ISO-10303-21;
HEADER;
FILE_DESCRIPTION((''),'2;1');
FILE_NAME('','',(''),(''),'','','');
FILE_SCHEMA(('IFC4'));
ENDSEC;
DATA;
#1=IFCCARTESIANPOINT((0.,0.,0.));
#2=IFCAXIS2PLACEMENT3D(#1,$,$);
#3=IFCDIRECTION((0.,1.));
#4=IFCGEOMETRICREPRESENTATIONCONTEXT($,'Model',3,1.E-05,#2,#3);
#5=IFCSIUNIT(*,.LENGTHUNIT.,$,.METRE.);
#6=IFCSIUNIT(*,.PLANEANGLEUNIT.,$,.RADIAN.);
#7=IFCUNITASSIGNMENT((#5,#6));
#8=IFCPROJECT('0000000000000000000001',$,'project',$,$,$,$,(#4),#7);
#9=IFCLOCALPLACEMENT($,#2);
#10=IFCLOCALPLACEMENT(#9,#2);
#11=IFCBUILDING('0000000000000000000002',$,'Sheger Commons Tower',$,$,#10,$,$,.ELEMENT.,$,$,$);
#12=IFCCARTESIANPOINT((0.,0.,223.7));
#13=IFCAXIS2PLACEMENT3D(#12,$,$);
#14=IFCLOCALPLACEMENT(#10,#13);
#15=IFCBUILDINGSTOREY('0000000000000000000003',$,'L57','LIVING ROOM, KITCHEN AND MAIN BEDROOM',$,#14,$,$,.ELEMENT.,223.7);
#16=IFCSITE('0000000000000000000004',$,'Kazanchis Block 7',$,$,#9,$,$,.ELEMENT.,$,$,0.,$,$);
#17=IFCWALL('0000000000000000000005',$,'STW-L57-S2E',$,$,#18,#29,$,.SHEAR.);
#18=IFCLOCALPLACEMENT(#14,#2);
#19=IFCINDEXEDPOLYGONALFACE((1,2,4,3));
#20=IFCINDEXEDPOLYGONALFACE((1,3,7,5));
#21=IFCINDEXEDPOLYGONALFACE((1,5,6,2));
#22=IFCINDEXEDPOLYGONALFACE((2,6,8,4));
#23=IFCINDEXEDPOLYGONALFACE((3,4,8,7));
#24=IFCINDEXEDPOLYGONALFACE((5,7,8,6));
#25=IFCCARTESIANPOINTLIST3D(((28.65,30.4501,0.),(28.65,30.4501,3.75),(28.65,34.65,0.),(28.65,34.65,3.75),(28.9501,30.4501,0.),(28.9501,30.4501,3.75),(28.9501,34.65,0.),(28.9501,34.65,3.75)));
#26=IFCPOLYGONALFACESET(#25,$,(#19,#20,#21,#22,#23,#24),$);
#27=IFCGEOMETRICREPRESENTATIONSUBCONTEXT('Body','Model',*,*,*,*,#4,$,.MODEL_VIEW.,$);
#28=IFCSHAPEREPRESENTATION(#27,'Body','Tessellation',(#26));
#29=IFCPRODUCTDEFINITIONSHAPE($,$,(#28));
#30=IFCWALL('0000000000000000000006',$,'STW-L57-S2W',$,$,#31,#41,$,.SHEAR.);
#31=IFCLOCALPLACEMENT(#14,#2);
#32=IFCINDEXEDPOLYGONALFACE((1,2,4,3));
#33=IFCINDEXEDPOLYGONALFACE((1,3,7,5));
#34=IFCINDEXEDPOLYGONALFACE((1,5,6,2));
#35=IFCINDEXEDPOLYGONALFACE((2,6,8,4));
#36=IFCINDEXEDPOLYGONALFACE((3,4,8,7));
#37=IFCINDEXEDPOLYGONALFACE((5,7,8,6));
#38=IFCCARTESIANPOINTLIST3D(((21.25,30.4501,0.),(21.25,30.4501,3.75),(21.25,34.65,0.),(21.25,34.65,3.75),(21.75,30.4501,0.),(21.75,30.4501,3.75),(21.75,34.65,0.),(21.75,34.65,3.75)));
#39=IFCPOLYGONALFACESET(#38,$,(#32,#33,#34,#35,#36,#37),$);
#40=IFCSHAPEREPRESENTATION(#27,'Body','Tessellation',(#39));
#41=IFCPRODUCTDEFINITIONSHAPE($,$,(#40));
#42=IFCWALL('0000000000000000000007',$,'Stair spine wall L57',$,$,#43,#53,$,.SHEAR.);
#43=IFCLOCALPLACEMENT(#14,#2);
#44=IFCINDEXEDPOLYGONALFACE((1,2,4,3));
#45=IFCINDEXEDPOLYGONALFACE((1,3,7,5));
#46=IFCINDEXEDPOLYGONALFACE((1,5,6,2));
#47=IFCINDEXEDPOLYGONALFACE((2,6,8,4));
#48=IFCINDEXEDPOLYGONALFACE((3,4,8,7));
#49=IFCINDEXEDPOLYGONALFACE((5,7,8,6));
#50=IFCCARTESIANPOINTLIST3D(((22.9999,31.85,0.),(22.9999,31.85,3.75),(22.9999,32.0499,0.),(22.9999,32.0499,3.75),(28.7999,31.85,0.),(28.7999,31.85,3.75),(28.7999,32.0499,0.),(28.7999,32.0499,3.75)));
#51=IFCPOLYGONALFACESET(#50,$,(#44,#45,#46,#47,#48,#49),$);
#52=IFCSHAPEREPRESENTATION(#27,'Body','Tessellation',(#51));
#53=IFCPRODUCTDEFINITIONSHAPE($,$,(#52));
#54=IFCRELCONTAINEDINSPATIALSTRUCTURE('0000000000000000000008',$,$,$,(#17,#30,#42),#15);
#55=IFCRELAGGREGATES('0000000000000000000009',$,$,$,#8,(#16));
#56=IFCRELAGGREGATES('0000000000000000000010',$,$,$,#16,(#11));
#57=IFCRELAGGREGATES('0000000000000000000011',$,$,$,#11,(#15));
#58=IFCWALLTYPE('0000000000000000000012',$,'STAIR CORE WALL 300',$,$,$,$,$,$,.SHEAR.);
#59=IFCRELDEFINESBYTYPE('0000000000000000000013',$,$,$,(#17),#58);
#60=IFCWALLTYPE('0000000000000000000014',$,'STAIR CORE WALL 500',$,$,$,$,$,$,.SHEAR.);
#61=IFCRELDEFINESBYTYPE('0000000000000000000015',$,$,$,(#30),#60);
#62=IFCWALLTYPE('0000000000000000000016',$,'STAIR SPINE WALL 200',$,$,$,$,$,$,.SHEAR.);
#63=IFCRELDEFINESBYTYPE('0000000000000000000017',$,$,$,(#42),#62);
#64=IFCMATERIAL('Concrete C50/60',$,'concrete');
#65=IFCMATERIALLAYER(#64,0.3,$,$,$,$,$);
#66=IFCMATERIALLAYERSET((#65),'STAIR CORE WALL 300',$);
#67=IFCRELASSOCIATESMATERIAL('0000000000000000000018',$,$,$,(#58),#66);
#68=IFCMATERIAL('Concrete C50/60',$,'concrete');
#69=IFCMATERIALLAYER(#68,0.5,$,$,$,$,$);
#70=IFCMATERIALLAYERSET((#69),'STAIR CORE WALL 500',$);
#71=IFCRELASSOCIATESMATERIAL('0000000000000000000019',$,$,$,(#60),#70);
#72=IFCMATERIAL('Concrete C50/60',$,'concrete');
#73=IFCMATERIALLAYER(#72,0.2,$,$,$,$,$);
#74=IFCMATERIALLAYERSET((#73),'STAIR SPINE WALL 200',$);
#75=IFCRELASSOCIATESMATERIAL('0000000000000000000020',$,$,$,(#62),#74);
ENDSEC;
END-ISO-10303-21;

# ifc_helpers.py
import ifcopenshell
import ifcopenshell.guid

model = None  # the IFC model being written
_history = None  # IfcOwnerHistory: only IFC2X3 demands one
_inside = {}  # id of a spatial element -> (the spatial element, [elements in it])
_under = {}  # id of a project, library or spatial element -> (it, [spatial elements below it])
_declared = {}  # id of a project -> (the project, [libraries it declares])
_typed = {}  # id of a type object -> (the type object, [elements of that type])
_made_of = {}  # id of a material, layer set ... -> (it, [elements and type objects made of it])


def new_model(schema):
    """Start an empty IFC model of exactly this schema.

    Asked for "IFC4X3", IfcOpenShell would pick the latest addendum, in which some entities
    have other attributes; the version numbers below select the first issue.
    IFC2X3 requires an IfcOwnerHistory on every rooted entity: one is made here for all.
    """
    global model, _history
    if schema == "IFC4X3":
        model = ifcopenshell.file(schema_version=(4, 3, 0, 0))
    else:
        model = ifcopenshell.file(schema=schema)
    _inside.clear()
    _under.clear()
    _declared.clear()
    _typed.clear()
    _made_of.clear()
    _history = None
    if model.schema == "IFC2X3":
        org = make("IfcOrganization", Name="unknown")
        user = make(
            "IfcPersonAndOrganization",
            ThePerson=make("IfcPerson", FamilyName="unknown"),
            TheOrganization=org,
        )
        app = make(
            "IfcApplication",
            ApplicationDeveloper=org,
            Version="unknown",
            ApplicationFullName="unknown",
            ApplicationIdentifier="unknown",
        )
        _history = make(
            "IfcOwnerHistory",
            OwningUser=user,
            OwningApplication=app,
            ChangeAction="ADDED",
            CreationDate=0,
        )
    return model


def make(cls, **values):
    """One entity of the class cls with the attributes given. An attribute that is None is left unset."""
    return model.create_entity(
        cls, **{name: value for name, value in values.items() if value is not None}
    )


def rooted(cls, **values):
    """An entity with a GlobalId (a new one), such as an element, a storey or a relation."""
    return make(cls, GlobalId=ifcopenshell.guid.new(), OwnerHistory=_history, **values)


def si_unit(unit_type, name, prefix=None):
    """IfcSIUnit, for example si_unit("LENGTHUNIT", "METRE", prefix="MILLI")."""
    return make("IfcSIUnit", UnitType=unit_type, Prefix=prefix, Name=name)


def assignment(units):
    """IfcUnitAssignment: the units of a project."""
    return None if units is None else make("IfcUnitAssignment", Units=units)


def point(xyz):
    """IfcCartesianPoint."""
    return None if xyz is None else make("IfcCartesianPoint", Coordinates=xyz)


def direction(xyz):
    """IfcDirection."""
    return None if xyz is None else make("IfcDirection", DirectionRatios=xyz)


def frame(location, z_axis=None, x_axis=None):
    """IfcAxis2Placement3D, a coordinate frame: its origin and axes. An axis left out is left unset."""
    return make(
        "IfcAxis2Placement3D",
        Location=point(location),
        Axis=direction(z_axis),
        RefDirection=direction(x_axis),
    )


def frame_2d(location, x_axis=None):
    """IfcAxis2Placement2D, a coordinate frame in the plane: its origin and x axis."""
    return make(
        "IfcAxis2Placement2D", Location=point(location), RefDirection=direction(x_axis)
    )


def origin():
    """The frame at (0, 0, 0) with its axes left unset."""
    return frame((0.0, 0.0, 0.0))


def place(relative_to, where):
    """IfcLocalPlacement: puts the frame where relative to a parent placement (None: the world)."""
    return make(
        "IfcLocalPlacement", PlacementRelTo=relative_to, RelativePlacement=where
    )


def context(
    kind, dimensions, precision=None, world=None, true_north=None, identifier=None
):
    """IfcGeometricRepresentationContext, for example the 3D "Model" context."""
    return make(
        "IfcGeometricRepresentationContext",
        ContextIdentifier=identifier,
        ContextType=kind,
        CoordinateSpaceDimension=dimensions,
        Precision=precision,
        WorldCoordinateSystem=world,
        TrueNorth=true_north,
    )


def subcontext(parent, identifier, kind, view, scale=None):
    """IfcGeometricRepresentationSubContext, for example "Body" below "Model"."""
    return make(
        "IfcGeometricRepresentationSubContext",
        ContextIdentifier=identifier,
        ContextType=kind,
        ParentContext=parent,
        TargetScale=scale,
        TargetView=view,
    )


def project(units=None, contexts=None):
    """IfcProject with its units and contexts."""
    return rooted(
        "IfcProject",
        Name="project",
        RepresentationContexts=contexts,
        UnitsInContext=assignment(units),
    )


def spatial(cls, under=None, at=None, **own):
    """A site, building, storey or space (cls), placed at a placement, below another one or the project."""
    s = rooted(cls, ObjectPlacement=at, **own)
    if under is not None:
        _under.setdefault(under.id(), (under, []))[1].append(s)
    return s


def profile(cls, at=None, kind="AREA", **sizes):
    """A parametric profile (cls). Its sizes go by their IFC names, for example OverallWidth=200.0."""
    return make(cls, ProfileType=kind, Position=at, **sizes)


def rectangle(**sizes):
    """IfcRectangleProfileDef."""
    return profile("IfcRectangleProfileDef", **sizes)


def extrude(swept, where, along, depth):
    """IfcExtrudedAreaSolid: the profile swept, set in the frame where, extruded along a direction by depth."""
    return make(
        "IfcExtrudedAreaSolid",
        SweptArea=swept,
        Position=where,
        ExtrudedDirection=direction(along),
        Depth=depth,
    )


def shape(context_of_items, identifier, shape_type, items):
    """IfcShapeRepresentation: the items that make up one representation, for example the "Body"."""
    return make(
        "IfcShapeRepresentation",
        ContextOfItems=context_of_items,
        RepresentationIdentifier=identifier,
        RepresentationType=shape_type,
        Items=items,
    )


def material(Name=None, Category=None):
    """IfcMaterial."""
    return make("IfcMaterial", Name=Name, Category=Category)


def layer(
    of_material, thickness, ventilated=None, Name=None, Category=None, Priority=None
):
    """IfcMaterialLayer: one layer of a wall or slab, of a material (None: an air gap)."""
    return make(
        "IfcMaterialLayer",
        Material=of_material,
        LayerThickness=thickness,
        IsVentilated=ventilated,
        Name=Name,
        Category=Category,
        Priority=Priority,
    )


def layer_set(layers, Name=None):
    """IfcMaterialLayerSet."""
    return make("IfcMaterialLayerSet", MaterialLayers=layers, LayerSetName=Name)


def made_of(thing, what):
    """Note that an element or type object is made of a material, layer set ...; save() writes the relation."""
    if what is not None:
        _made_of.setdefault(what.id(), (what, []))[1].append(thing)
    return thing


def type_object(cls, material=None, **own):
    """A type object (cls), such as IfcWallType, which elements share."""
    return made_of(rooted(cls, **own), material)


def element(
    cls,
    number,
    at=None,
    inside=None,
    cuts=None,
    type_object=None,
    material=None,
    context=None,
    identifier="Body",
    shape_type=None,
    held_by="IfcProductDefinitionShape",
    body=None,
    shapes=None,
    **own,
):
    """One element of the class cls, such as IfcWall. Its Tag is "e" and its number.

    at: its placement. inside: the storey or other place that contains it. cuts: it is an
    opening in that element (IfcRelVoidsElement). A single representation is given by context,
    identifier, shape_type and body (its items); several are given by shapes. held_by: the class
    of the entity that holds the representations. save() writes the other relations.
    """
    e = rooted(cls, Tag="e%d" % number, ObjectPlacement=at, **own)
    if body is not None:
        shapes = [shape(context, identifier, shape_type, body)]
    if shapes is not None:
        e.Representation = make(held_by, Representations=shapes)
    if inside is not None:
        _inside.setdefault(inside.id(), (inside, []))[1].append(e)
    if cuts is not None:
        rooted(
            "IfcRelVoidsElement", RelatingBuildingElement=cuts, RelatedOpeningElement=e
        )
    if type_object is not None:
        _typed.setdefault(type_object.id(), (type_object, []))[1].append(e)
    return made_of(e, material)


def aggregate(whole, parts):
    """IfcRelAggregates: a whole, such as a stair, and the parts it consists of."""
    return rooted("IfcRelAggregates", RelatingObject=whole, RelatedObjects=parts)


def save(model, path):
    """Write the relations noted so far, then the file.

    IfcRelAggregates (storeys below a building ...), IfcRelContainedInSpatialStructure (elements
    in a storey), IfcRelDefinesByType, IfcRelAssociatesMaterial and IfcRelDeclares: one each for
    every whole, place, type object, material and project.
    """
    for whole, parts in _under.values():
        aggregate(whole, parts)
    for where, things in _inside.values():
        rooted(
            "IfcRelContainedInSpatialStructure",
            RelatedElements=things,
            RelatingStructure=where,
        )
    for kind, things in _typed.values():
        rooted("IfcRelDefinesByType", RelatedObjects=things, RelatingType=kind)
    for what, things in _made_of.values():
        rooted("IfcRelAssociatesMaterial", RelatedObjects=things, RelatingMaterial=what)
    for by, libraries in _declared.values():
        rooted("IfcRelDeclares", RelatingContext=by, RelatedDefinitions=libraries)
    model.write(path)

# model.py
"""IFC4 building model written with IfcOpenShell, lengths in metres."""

from ifc_helpers import new_model, si_unit, direction, frame, frame_2d, origin, place, context, subcontext, project, spatial, rectangle, extrude, material, layer, layer_set, type_object, element, save


model = new_model("IFC4")

# Units and contexts
model_context = context("Model", 3, precision=1e-05, world=origin(), true_north=direction((0.0, 1.0)))
body_context = subcontext(model_context, "Body", "Model", "MODEL_VIEW")
ifc_project = project(units=[si_unit("LENGTHUNIT", "METRE"), si_unit("PLANEANGLEUNIT", "RADIAN")], contexts=[model_context])

# Site, building, storey
site_placement = place(None, origin())
site = spatial("IfcSite", under=ifc_project, at=site_placement, Name="Kazanchis Block 7", CompositionType="ELEMENT", RefElevation=0.0)
building_placement = place(site_placement, origin())
building = spatial("IfcBuilding", under=site, at=building_placement, Name="Sheger Commons Tower", CompositionType="ELEMENT")
storey_placement = place(building_placement, frame((0.0, 0.0, 223.7)))
storey = spatial("IfcBuildingStorey", under=building, at=storey_placement, Name="L57", Description="LIVING ROOM, KITCHEN AND MAIN BEDROOM", CompositionType="ELEMENT", Elevation=223.7)

# Shared definitions
ifc_material_1 = material(Name="Concrete C50/60", Category="concrete")
ifc_layer_1 = layer(ifc_material_1, 0.3)
ifc_layer_set_1 = layer_set([ifc_layer_1], Name="STAIR CORE WALL 300")
wall_type_1 = type_object("IfcWallType", Name="STAIR CORE WALL 300", PredefinedType="SHEAR", material=ifc_layer_set_1)

# Walls
wall_1_placement = place(storey_placement, frame((28.8, 30.45, 0.0), z_axis=(0.0, 0.0, 1.0), x_axis=(0.0, 1.0, 0.0)))
element("IfcWall", 1, at=wall_1_placement, inside=storey, type_object=wall_type_1, Name="STW-L57-S2E", PredefinedType="SHEAR", context=body_context, shape_type="SweptSolid", body=[
    extrude(rectangle(XDim=4.2, YDim=0.3, at=frame_2d((2.1001, 0.0))), origin(), (0.0, 0.0, 1.0), 3.75),
])
ifc_material_2 = material(Name="Concrete C50/60", Category="concrete")
ifc_layer_2 = layer(ifc_material_2, 0.5)
ifc_layer_set_2 = layer_set([ifc_layer_2], Name="STAIR CORE WALL 500")
wall_type_2 = type_object("IfcWallType", Name="STAIR CORE WALL 500", PredefinedType="SHEAR", material=ifc_layer_set_2)
wall_2_placement = place(storey_placement, frame((21.5, 30.45, 0.0), z_axis=(0.0, 0.0, 1.0), x_axis=(0.0, 1.0, 0.0)))
element("IfcWall", 2, at=wall_2_placement, inside=storey, type_object=wall_type_2, Name="STW-L57-S2W", PredefinedType="SHEAR", context=body_context, shape_type="SweptSolid", body=[
    extrude(rectangle(XDim=4.2, YDim=0.5, at=frame_2d((2.1001, 0.0))), origin(), (0.0, 0.0, 1.0), 3.75),
])
ifc_material_3 = material(Name="Concrete C50/60", Category="concrete")
ifc_layer_3 = layer(ifc_material_3, 0.2)
ifc_layer_set_3 = layer_set([ifc_layer_3], Name="STAIR SPINE WALL 200")
wall_type_3 = type_object("IfcWallType", Name="STAIR SPINE WALL 200", PredefinedType="SHEAR", material=ifc_layer_set_3)
wall_3_placement = place(storey_placement, frame((23.0, 31.95, 0.0), z_axis=(0.0, 0.0, 1.0), x_axis=(1.0, 0.0, 0.0)))
element("IfcWall", 3, at=wall_3_placement, inside=storey, type_object=wall_type_3, Name="Stair spine wall L57", PredefinedType="SHEAR", context=body_context, shape_type="SweptSolid", body=[
    extrude(rectangle(XDim=5.8, YDim=0.2, at=frame_2d((2.8999, 0.0))), origin(), (0.0, 0.0, 1.0), 3.75),
])

save(model, "model.ifc")
